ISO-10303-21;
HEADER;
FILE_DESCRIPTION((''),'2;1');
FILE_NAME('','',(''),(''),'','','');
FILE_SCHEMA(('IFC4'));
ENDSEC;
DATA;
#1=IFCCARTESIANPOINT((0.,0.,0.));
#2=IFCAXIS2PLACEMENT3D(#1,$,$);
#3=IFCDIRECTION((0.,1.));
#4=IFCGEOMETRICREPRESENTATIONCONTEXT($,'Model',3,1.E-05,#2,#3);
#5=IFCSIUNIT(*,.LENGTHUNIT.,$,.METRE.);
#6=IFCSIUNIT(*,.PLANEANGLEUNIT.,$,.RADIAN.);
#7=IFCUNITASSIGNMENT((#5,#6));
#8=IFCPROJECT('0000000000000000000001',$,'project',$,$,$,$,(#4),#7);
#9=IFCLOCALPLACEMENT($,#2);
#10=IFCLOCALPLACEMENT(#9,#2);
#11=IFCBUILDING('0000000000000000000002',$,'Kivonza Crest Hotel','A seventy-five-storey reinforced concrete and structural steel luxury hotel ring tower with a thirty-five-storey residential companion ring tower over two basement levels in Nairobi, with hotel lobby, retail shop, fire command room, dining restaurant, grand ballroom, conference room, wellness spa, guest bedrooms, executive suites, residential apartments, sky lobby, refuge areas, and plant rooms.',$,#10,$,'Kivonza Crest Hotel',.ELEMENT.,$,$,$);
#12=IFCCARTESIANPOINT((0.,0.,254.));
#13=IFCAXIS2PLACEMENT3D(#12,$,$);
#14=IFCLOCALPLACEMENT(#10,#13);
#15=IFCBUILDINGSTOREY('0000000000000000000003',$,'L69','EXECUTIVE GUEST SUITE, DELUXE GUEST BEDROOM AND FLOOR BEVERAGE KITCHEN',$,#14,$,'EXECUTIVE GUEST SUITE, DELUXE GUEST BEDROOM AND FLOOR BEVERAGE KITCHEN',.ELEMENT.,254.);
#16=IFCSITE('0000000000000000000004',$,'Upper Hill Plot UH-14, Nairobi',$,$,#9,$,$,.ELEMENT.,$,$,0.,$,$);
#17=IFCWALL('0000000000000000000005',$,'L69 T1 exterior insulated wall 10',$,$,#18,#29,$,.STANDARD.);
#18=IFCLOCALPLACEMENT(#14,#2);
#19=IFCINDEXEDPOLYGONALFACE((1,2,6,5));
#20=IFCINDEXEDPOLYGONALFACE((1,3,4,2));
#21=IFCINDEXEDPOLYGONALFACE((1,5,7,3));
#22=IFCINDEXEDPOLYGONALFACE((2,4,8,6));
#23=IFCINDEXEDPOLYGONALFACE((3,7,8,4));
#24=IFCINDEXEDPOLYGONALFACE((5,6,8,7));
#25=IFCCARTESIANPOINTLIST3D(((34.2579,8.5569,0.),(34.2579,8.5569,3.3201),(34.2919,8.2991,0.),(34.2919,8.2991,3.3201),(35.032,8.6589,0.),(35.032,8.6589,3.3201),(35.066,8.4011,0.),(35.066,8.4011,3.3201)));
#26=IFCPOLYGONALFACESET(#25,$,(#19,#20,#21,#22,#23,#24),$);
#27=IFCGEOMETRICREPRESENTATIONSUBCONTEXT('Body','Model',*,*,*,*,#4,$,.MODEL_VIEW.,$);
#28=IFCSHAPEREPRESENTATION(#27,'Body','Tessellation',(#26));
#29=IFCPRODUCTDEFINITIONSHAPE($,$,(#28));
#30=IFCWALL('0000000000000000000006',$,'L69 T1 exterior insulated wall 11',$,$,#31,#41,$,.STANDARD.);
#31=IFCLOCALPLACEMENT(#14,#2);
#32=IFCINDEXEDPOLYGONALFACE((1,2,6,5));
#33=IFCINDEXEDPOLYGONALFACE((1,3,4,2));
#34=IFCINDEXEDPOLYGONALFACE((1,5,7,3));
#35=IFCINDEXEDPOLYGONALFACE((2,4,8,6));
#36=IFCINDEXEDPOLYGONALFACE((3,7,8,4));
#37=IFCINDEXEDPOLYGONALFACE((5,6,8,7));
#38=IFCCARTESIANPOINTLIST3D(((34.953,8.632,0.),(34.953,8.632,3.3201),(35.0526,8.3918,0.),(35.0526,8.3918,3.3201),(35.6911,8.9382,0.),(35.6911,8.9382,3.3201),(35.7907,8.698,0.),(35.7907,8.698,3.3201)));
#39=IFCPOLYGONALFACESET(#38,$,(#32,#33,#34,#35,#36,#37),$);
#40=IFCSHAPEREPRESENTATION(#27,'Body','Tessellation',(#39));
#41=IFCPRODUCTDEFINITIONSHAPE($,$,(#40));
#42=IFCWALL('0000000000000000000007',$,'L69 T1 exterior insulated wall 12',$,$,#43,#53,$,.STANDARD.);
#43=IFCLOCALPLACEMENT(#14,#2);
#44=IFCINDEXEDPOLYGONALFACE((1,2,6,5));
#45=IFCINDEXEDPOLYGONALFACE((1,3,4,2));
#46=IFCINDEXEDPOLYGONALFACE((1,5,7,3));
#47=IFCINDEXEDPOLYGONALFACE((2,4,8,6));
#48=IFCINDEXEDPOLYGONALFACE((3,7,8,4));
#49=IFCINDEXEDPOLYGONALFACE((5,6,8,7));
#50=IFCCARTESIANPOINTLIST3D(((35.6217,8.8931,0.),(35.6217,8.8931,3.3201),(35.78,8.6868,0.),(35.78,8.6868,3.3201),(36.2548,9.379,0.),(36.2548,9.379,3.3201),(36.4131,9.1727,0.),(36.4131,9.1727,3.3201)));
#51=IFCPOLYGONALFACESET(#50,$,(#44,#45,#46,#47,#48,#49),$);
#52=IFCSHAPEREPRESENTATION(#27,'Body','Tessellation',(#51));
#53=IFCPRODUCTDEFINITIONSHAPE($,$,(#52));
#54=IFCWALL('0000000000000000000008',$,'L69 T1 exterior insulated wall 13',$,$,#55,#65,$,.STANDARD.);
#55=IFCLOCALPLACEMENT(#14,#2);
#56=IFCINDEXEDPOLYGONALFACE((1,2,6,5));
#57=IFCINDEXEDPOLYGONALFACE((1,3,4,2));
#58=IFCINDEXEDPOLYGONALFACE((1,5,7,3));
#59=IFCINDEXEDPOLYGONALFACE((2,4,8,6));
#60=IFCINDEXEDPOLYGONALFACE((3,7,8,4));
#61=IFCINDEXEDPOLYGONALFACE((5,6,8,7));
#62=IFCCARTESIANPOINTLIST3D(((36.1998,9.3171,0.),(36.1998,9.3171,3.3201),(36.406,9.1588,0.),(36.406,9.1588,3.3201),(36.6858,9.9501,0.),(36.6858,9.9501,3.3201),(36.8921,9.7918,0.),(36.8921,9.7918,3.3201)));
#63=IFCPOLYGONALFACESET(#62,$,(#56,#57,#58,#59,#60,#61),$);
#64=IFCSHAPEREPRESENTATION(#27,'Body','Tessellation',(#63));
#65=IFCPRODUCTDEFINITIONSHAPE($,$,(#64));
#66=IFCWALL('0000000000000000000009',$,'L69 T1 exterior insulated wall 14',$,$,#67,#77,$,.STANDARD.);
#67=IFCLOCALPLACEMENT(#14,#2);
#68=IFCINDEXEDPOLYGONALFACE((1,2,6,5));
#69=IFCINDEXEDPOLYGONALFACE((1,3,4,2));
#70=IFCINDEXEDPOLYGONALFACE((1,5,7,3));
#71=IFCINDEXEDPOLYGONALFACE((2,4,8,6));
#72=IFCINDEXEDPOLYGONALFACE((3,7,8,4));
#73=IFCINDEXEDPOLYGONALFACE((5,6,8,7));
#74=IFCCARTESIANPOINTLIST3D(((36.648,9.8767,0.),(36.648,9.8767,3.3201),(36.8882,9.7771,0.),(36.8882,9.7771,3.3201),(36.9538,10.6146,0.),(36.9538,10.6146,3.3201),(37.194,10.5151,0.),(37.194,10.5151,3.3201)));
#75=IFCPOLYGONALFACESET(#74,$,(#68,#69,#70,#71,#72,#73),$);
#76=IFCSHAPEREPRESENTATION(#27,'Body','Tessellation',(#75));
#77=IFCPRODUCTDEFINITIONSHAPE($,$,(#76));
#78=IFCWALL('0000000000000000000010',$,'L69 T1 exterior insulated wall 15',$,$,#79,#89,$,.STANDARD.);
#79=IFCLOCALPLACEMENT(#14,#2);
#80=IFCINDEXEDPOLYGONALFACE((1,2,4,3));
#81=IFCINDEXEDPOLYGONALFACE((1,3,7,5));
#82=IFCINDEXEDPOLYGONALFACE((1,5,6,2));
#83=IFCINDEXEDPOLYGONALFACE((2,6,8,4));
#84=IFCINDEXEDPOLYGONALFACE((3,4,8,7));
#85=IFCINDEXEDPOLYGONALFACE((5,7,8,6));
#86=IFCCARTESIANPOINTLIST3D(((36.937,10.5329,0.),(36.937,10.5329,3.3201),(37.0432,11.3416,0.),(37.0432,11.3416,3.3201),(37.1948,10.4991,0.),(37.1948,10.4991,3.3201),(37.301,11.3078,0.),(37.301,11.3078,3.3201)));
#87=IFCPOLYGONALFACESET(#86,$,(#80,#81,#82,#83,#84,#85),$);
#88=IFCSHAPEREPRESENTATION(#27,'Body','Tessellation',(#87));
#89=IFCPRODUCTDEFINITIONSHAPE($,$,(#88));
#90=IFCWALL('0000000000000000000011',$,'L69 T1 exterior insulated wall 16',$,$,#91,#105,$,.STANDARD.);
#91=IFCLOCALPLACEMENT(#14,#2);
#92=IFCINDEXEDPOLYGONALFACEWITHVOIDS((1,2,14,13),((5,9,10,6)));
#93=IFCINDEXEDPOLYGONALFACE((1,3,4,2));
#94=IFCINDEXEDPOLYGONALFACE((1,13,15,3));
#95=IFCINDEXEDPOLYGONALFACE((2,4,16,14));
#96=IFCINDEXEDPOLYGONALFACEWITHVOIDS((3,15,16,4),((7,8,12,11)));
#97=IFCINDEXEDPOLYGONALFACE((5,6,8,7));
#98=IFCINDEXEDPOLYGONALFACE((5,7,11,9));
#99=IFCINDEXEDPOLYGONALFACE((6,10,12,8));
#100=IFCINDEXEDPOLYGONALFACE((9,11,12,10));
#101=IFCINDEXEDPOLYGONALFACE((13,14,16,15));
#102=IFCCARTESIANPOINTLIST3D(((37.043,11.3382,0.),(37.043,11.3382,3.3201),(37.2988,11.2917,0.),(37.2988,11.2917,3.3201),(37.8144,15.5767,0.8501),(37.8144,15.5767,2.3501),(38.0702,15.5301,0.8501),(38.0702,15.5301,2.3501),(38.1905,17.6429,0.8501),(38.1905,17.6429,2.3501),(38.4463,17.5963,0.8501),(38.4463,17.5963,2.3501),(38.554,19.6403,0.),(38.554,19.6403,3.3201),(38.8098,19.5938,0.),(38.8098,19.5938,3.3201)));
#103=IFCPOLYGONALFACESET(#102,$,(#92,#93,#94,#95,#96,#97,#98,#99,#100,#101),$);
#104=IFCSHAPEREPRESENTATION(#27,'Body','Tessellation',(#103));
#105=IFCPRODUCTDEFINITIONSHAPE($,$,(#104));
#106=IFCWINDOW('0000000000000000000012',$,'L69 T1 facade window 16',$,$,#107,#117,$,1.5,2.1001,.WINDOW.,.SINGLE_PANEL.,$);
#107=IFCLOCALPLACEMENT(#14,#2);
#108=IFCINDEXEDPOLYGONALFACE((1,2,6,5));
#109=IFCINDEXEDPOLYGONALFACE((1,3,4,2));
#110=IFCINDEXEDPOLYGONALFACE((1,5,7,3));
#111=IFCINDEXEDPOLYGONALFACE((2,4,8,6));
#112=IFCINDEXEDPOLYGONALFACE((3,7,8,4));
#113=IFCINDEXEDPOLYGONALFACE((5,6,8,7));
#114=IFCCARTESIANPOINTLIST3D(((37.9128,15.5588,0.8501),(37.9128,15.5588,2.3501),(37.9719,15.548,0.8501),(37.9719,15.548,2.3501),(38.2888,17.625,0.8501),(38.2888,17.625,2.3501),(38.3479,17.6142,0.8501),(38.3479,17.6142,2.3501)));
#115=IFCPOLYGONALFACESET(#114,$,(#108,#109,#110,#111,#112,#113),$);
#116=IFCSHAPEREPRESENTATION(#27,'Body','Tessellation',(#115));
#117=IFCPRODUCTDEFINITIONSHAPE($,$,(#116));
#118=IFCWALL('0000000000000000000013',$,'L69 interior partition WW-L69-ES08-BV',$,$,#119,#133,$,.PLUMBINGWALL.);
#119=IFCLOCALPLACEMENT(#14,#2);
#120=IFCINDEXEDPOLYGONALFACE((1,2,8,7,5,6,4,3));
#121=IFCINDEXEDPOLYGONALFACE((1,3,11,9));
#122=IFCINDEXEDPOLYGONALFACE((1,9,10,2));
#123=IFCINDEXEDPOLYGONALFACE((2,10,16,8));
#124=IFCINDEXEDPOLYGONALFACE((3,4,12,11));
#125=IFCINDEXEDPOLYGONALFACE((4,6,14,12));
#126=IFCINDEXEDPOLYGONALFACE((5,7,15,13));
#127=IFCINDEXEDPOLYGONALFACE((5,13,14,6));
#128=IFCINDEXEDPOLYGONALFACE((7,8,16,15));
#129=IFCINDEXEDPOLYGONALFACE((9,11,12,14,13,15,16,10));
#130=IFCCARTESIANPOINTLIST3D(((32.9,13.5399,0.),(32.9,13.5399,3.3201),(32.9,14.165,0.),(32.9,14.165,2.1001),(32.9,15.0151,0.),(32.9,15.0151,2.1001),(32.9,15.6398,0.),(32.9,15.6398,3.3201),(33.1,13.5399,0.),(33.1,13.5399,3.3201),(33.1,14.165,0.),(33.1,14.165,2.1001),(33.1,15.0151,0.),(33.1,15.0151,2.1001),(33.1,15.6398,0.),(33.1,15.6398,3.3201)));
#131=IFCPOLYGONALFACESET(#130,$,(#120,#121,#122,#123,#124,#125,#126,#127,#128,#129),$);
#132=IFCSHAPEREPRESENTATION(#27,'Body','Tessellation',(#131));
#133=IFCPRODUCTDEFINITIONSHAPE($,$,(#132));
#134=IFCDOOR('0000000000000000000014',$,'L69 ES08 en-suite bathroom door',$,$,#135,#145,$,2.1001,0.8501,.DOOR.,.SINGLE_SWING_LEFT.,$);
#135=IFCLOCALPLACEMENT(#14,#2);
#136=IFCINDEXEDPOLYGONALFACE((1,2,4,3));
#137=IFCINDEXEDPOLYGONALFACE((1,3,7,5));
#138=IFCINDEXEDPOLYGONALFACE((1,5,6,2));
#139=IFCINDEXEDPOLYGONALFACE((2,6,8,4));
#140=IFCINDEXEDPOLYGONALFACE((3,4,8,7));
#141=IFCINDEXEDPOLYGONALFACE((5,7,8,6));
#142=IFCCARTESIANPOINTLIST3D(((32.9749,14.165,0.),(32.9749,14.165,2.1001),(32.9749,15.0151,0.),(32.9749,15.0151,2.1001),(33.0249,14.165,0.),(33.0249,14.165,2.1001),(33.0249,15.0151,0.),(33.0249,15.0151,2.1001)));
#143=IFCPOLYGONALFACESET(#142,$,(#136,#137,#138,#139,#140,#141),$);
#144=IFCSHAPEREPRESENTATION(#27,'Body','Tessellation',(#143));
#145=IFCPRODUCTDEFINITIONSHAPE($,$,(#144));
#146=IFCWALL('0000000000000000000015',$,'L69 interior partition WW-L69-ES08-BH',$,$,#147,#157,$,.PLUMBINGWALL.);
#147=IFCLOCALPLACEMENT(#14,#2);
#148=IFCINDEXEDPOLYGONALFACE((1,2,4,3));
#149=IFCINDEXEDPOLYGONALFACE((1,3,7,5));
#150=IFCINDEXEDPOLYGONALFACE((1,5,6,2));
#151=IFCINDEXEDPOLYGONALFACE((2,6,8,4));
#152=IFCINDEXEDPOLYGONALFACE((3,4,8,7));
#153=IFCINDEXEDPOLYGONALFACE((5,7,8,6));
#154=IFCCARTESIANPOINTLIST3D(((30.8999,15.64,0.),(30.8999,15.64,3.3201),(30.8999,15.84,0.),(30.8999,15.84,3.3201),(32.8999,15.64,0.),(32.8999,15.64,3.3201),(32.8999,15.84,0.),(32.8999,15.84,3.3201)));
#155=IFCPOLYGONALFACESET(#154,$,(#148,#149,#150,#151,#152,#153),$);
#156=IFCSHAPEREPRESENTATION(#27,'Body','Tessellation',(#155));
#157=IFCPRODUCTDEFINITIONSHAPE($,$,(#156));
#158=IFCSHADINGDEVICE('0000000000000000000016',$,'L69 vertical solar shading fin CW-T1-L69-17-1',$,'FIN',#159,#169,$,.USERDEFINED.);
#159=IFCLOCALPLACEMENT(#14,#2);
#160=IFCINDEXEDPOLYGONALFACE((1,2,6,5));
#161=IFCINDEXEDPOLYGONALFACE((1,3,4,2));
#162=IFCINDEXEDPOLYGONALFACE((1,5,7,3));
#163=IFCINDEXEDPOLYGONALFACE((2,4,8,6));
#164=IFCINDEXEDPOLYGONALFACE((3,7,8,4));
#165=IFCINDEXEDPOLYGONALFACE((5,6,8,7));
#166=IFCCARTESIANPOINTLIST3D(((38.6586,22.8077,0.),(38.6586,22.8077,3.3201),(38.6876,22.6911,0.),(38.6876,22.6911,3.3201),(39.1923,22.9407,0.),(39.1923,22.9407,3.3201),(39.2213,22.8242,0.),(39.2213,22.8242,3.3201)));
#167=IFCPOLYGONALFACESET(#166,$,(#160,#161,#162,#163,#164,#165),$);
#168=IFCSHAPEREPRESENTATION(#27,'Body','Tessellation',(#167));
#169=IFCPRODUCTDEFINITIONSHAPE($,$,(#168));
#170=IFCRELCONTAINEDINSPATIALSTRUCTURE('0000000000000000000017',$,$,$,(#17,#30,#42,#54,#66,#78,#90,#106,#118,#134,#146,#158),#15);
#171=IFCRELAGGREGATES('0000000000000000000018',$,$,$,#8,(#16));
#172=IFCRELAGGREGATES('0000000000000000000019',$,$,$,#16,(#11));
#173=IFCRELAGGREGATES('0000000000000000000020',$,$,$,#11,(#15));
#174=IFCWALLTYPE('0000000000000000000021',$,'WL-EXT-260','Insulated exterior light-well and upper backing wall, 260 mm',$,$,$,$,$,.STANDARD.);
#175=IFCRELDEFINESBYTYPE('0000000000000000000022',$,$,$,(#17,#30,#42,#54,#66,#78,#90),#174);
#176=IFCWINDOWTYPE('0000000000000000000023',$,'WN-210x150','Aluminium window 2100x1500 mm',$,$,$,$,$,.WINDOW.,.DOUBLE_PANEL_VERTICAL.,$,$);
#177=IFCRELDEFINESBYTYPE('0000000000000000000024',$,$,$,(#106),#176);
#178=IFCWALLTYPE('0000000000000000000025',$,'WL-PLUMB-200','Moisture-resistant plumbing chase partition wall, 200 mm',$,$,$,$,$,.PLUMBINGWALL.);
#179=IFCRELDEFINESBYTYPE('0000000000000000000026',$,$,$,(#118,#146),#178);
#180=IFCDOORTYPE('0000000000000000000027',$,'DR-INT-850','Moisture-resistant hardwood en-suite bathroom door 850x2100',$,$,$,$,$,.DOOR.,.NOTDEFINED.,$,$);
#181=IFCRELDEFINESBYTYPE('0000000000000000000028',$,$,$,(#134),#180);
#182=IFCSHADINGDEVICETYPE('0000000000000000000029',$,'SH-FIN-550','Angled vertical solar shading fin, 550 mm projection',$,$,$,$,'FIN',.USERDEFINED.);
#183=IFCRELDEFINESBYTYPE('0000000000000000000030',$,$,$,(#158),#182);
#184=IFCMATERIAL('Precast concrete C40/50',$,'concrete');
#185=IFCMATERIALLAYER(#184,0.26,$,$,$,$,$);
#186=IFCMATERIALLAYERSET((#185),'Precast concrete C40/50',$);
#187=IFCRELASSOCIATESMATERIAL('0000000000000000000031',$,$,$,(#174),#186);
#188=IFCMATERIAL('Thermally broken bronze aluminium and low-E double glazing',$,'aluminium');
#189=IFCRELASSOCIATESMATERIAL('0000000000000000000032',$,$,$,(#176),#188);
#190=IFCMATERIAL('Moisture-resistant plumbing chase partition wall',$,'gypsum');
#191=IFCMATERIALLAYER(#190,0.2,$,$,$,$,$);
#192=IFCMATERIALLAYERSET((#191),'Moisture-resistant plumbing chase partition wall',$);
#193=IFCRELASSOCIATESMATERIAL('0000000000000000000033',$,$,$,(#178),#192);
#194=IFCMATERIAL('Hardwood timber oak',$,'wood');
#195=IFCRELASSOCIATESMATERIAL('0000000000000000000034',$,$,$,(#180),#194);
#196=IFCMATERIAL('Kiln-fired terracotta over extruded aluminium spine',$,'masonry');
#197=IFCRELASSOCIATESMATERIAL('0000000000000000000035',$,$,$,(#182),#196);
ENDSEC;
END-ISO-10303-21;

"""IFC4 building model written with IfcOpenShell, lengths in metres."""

from ifc_helpers import new_model, si_unit, direction, frame, frame_2d, origin, origin_2d, place, context, subcontext, project, spatial, rectangle, extrude, material, layer, layer_set, type_object, element, fill, save


model = new_model("IFC4")

# Units and contexts
model_context = context("Model", 3, precision=1e-05, world=origin(), true_north=direction((0.0, 1.0)))
body_context = subcontext(model_context, "Body", "Model", "MODEL_VIEW")
ifc_project = project(units=[si_unit("LENGTHUNIT", "METRE"), si_unit("PLANEANGLEUNIT", "RADIAN")], contexts=[model_context])

# Site, building, storey
site_placement = place(None, origin())
site = spatial("IfcSite", under=ifc_project, at=site_placement, Name="Upper Hill Plot UH-14, Nairobi", CompositionType="ELEMENT", RefElevation=0.0)
building_placement = place(site_placement, origin())
building = spatial("IfcBuilding", under=site, at=building_placement, Name="Kivonza Crest Hotel", Description="A seventy-five-storey reinforced concrete and structural steel luxury hotel ring tower with a thirty-five-storey residential companion ring tower over two basement levels in Nairobi, with hotel lobby, retail shop, fire command room, dining restaurant, grand ballroom, conference room, wellness spa, guest bedrooms, executive suites, residential apartments, sky lobby, refuge areas, and plant rooms.", LongName="Kivonza Crest Hotel", CompositionType="ELEMENT")
storey_placement = place(building_placement, frame((0.0, 0.0, 254.0)))
storey = spatial("IfcBuildingStorey", under=building, at=storey_placement, Name="L69", Description="EXECUTIVE GUEST SUITE, DELUXE GUEST BEDROOM AND FLOOR BEVERAGE KITCHEN", LongName="EXECUTIVE GUEST SUITE, DELUXE GUEST BEDROOM AND FLOOR BEVERAGE KITCHEN", CompositionType="ELEMENT", Elevation=254.0)

# Shared definitions
ifc_material_1 = material(Name="Hardwood timber oak", Category="wood")

# Walls
ifc_material_2 = material(Name="Precast concrete C40/50", Category="concrete")
ifc_layer_1 = layer(ifc_material_2, 0.26)
ifc_layer_set_1 = layer_set([ifc_layer_1], Name="Precast concrete C40/50")
wall_type_1 = type_object("IfcWallType", Name="WL-EXT-260", Description="Insulated exterior light-well and upper backing wall, 260 mm", PredefinedType="STANDARD", material=ifc_layer_set_1)
wall_1_placement = place(storey_placement, frame((34.2749, 8.428, 0.0), z_axis=(0.0, 0.0, 1.0), x_axis=(0.991423, 0.130689, 0.0)))
element("IfcWall", 1, at=wall_1_placement, inside=storey, type_object=wall_type_1, Name="L69 T1 exterior insulated wall 10", PredefinedType="STANDARD", context=body_context, shape_type="SweptSolid", body=[
    extrude(rectangle(XDim=0.7808, YDim=0.26, at=frame_2d((0.3904, 0.0))), origin(), (0.0, 0.0, 1.0), 3.3201),
])
wall_2_placement = place(storey_placement, frame((35.0029, 8.512, 0.0), z_axis=(0.0, 0.0, 1.0), x_axis=(0.923681, 0.383161, 0.0)))
element("IfcWall", 2, at=wall_2_placement, inside=storey, type_object=wall_type_1, Name="L69 T1 exterior insulated wall 11", PredefinedType="STANDARD", context=body_context, shape_type="SweptSolid", body=[
    extrude(rectangle(XDim=0.7991, YDim=0.26, at=frame_2d((0.3994, 0.0))), origin(), (0.0, 0.0, 1.0), 3.3201),
])
for number, where, z_axis, x_axis, name in (
    (3, (35.7009, 8.79, 0.0), (0.0, 0.0, 1.0), (0.793306, 0.608823, 0.0), "L69 T1 exterior insulated wall 12"),
    (4, (36.303, 9.238, 0.0), (0.0, 0.0, 1.0), (0.609016, 0.793158, 0.0), "L69 T1 exterior insulated wall 13"),
):
    element("IfcWall", number, at=place(storey_placement, frame(where, z_axis=z_axis, x_axis=x_axis)), inside=storey, type_object=wall_type_1, Name=name, PredefinedType="STANDARD", context=body_context, shape_type="SweptSolid", body=[
        extrude(rectangle(XDim=0.7981, YDim=0.26, at=frame_2d((0.3989, 0.0))), origin(), (0.0, 0.0, 1.0), 3.3201),
    ])
wall_3_placement = place(storey_placement, frame((36.7681, 9.8269, 0.0), z_axis=(0.0, 0.0, 1.0), x_axis=(0.382901, 0.92379, 0.0)))
element("IfcWall", 5, at=wall_3_placement, inside=storey, type_object=wall_type_1, Name="L69 T1 exterior insulated wall 14", PredefinedType="STANDARD", context=body_context, shape_type="SweptSolid", body=[
    extrude(rectangle(XDim=0.7988, YDim=0.26, at=frame_2d((0.3994, 0.0))), origin(), (0.0, 0.0, 1.0), 3.3201),
])
wall_4_placement = place(storey_placement, frame((37.0659, 10.5161, 0.0), z_axis=(0.0, 0.0, 1.0), x_axis=(0.130184, 0.99149, 0.0)))
element("IfcWall", 6, at=wall_4_placement, inside=storey, type_object=wall_type_1, Name="L69 T1 exterior insulated wall 15", PredefinedType="STANDARD", context=body_context, shape_type="SweptSolid", body=[
    extrude(rectangle(XDim=0.8157, YDim=0.26, at=frame_2d((0.4077, 0.0))), origin(), (0.0, 0.0, 1.0), 3.3201),
])

# Wall, opening, window
wall_5_placement = place(storey_placement, frame((37.1709, 11.3149, 0.0), z_axis=(0.0, 0.0, 1.0), x_axis=(0.179061, 0.983838, 0.0)))
wall_5 = element("IfcWall", 7, at=wall_5_placement, inside=storey, type_object=wall_type_1, Name="L69 T1 exterior insulated wall 16", PredefinedType="STANDARD", context=body_context, shape_type="SweptSolid", body=[
    extrude(rectangle(XDim=8.4385, YDim=0.26, at=frame_2d((4.2192, 0.0))), origin(), (0.0, 0.0, 1.0), 3.3201),
])
opening_1_placement = place(wall_5_placement, frame((4.3081, 0.0, 0.8501)))
opening_1 = element("IfcOpeningElement", 8, at=opening_1_placement, cuts=wall_5, PredefinedType="OPENING", context=body_context, shape_type="SweptSolid", body=[
    extrude(rectangle(XDim=2.1001, YDim=1.5, at=frame_2d((1.05, 0.75))), frame((0.0, 0.1401, 0.0), z_axis=(0.0, -1.0, 0.0), x_axis=(1.0, 0.0, 0.0)), (0.0, 0.0, 1.0), 0.28),
])
ifc_material_3 = material(Name="Thermally broken bronze aluminium and low-E double glazing", Category="aluminium")
window_type = type_object("IfcWindowType", Name="WN-210x150", Description="Aluminium window 2100x1500 mm", PartitioningType="DOUBLE_PANEL_VERTICAL", PredefinedType="WINDOW", material=ifc_material_3)
window_placement = place(opening_1_placement, origin())
window = element("IfcWindow", 9, at=window_placement, inside=storey, type_object=window_type, Name="L69 T1 facade window 16", OverallHeight=1.5, OverallWidth=2.1001, PartitioningType="SINGLE_PANEL", PredefinedType="WINDOW", context=body_context, shape_type="SweptSolid", body=[
    extrude(rectangle(XDim=2.1001, YDim=1.5, at=frame_2d((1.05, 0.75))), frame((0.0, 0.03, 0.0), z_axis=(0.0, -1.0, 0.0), x_axis=(1.0, 0.0, 0.0)), (0.0, 0.0, 1.0), 0.0601),
])
fill(opening_1, window)

# Wall, opening, door
ifc_material_4 = material(Name="Moisture-resistant plumbing chase partition wall", Category="gypsum")
ifc_layer_2 = layer(ifc_material_4, 0.2)
ifc_layer_set_2 = layer_set([ifc_layer_2], Name="Moisture-resistant plumbing chase partition wall")
wall_type_2 = type_object("IfcWallType", Name="WL-PLUMB-200", Description="Moisture-resistant plumbing chase partition wall, 200 mm", PredefinedType="PLUMBINGWALL", material=ifc_layer_set_2)
wall_6_placement = place(storey_placement, frame((33.0, 13.54, 0.0), z_axis=(0.0, 0.0, 1.0), x_axis=(0.0, 1.0, 0.0)))
wall_6 = element("IfcWall", 10, at=wall_6_placement, inside=storey, type_object=wall_type_2, Name="L69 interior partition WW-L69-ES08-BV", PredefinedType="PLUMBINGWALL", context=body_context, shape_type="SweptSolid", body=[
    extrude(rectangle(XDim=2.0999, YDim=0.2, at=frame_2d((1.0498, 0.0))), origin(), (0.0, 0.0, 1.0), 3.3201),
])
opening_2_placement = place(wall_6_placement, frame((0.625, 0.0, 0.0)))
opening_2 = element("IfcOpeningElement", 11, at=opening_2_placement, cuts=wall_6, PredefinedType="OPENING", context=body_context, shape_type="SweptSolid", body=[
    extrude(rectangle(XDim=0.8501, YDim=2.1001, at=frame_2d((0.425, 1.05))), frame((0.0, 0.1099, 0.0), z_axis=(0.0, -1.0, 0.0), x_axis=(1.0, 0.0, 0.0)), (0.0, 0.0, 1.0), 0.22),
])
door_type_1 = type_object("IfcDoorType", Name="DR-INT-850", Description="Moisture-resistant hardwood en-suite bathroom door 850x2100", OperationType="NOTDEFINED", PredefinedType="DOOR", material=ifc_material_1)
door_1_placement = place(opening_2_placement, frame((0.8501, 0.0, 0.0), z_axis=(0.0, 0.0, 1.0), x_axis=(-1.0, 0.0, 0.0)))
door_1 = element("IfcDoor", 12, at=door_1_placement, inside=storey, type_object=door_type_1, Name="L69 ES08 en-suite bathroom door", OperationType="SINGLE_SWING_LEFT", OverallHeight=2.1001, OverallWidth=0.8501, PredefinedType="DOOR", context=body_context, shape_type="SweptSolid", body=[
    extrude(rectangle(XDim=0.8501, YDim=2.1001, at=frame_2d((0.425, 1.05))), frame((0.0, 0.0249, 0.0), z_axis=(0.0, -1.0, 0.0), x_axis=(1.0, 0.0, 0.0)), (0.0, 0.0, 1.0), 0.05),
])
fill(opening_2, door_1)

# Wall
wall_7_placement = place(storey_placement, frame((30.8999, 15.74, 0.0), z_axis=(0.0, 0.0, 1.0), x_axis=(1.0, 0.0, 0.0)))
element("IfcWall", 13, at=wall_7_placement, inside=storey, type_object=wall_type_2, Name="L69 interior partition WW-L69-ES08-BH", PredefinedType="PLUMBINGWALL", context=body_context, shape_type="SweptSolid", body=[
    extrude(rectangle(XDim=2.0, YDim=0.2, at=frame_2d((1.0, 0.0))), origin(), (0.0, 0.0, 1.0), 3.3201),
])

# Shading device
ifc_material_5 = material(Name="Kiln-fired terracotta over extruded aluminium spine", Category="masonry")
shading_device_type = type_object("IfcShadingDeviceType", Name="SH-FIN-550", Description="Angled vertical solar shading fin, 550 mm projection", ElementType="FIN", PredefinedType="USERDEFINED", material=ifc_material_5)
shading_device_placement = place(storey_placement, frame((38.9399, 22.8159, 0.0), z_axis=(0.0, 0.0, 1.0), x_axis=(-0.241922, 0.970296, 0.0)))
element("IfcShadingDevice", 14, at=shading_device_placement, inside=storey, type_object=shading_device_type, Name="L69 vertical solar shading fin CW-T1-L69-17-1", ObjectType="FIN", PredefinedType="USERDEFINED", context=body_context, shape_type="SweptSolid", body=[
    extrude(rectangle(XDim=0.1201, YDim=0.55, at=origin_2d()), origin(), (0.0, 0.0, 1.0), 3.3201),
])

save(model, "model.ifc")
